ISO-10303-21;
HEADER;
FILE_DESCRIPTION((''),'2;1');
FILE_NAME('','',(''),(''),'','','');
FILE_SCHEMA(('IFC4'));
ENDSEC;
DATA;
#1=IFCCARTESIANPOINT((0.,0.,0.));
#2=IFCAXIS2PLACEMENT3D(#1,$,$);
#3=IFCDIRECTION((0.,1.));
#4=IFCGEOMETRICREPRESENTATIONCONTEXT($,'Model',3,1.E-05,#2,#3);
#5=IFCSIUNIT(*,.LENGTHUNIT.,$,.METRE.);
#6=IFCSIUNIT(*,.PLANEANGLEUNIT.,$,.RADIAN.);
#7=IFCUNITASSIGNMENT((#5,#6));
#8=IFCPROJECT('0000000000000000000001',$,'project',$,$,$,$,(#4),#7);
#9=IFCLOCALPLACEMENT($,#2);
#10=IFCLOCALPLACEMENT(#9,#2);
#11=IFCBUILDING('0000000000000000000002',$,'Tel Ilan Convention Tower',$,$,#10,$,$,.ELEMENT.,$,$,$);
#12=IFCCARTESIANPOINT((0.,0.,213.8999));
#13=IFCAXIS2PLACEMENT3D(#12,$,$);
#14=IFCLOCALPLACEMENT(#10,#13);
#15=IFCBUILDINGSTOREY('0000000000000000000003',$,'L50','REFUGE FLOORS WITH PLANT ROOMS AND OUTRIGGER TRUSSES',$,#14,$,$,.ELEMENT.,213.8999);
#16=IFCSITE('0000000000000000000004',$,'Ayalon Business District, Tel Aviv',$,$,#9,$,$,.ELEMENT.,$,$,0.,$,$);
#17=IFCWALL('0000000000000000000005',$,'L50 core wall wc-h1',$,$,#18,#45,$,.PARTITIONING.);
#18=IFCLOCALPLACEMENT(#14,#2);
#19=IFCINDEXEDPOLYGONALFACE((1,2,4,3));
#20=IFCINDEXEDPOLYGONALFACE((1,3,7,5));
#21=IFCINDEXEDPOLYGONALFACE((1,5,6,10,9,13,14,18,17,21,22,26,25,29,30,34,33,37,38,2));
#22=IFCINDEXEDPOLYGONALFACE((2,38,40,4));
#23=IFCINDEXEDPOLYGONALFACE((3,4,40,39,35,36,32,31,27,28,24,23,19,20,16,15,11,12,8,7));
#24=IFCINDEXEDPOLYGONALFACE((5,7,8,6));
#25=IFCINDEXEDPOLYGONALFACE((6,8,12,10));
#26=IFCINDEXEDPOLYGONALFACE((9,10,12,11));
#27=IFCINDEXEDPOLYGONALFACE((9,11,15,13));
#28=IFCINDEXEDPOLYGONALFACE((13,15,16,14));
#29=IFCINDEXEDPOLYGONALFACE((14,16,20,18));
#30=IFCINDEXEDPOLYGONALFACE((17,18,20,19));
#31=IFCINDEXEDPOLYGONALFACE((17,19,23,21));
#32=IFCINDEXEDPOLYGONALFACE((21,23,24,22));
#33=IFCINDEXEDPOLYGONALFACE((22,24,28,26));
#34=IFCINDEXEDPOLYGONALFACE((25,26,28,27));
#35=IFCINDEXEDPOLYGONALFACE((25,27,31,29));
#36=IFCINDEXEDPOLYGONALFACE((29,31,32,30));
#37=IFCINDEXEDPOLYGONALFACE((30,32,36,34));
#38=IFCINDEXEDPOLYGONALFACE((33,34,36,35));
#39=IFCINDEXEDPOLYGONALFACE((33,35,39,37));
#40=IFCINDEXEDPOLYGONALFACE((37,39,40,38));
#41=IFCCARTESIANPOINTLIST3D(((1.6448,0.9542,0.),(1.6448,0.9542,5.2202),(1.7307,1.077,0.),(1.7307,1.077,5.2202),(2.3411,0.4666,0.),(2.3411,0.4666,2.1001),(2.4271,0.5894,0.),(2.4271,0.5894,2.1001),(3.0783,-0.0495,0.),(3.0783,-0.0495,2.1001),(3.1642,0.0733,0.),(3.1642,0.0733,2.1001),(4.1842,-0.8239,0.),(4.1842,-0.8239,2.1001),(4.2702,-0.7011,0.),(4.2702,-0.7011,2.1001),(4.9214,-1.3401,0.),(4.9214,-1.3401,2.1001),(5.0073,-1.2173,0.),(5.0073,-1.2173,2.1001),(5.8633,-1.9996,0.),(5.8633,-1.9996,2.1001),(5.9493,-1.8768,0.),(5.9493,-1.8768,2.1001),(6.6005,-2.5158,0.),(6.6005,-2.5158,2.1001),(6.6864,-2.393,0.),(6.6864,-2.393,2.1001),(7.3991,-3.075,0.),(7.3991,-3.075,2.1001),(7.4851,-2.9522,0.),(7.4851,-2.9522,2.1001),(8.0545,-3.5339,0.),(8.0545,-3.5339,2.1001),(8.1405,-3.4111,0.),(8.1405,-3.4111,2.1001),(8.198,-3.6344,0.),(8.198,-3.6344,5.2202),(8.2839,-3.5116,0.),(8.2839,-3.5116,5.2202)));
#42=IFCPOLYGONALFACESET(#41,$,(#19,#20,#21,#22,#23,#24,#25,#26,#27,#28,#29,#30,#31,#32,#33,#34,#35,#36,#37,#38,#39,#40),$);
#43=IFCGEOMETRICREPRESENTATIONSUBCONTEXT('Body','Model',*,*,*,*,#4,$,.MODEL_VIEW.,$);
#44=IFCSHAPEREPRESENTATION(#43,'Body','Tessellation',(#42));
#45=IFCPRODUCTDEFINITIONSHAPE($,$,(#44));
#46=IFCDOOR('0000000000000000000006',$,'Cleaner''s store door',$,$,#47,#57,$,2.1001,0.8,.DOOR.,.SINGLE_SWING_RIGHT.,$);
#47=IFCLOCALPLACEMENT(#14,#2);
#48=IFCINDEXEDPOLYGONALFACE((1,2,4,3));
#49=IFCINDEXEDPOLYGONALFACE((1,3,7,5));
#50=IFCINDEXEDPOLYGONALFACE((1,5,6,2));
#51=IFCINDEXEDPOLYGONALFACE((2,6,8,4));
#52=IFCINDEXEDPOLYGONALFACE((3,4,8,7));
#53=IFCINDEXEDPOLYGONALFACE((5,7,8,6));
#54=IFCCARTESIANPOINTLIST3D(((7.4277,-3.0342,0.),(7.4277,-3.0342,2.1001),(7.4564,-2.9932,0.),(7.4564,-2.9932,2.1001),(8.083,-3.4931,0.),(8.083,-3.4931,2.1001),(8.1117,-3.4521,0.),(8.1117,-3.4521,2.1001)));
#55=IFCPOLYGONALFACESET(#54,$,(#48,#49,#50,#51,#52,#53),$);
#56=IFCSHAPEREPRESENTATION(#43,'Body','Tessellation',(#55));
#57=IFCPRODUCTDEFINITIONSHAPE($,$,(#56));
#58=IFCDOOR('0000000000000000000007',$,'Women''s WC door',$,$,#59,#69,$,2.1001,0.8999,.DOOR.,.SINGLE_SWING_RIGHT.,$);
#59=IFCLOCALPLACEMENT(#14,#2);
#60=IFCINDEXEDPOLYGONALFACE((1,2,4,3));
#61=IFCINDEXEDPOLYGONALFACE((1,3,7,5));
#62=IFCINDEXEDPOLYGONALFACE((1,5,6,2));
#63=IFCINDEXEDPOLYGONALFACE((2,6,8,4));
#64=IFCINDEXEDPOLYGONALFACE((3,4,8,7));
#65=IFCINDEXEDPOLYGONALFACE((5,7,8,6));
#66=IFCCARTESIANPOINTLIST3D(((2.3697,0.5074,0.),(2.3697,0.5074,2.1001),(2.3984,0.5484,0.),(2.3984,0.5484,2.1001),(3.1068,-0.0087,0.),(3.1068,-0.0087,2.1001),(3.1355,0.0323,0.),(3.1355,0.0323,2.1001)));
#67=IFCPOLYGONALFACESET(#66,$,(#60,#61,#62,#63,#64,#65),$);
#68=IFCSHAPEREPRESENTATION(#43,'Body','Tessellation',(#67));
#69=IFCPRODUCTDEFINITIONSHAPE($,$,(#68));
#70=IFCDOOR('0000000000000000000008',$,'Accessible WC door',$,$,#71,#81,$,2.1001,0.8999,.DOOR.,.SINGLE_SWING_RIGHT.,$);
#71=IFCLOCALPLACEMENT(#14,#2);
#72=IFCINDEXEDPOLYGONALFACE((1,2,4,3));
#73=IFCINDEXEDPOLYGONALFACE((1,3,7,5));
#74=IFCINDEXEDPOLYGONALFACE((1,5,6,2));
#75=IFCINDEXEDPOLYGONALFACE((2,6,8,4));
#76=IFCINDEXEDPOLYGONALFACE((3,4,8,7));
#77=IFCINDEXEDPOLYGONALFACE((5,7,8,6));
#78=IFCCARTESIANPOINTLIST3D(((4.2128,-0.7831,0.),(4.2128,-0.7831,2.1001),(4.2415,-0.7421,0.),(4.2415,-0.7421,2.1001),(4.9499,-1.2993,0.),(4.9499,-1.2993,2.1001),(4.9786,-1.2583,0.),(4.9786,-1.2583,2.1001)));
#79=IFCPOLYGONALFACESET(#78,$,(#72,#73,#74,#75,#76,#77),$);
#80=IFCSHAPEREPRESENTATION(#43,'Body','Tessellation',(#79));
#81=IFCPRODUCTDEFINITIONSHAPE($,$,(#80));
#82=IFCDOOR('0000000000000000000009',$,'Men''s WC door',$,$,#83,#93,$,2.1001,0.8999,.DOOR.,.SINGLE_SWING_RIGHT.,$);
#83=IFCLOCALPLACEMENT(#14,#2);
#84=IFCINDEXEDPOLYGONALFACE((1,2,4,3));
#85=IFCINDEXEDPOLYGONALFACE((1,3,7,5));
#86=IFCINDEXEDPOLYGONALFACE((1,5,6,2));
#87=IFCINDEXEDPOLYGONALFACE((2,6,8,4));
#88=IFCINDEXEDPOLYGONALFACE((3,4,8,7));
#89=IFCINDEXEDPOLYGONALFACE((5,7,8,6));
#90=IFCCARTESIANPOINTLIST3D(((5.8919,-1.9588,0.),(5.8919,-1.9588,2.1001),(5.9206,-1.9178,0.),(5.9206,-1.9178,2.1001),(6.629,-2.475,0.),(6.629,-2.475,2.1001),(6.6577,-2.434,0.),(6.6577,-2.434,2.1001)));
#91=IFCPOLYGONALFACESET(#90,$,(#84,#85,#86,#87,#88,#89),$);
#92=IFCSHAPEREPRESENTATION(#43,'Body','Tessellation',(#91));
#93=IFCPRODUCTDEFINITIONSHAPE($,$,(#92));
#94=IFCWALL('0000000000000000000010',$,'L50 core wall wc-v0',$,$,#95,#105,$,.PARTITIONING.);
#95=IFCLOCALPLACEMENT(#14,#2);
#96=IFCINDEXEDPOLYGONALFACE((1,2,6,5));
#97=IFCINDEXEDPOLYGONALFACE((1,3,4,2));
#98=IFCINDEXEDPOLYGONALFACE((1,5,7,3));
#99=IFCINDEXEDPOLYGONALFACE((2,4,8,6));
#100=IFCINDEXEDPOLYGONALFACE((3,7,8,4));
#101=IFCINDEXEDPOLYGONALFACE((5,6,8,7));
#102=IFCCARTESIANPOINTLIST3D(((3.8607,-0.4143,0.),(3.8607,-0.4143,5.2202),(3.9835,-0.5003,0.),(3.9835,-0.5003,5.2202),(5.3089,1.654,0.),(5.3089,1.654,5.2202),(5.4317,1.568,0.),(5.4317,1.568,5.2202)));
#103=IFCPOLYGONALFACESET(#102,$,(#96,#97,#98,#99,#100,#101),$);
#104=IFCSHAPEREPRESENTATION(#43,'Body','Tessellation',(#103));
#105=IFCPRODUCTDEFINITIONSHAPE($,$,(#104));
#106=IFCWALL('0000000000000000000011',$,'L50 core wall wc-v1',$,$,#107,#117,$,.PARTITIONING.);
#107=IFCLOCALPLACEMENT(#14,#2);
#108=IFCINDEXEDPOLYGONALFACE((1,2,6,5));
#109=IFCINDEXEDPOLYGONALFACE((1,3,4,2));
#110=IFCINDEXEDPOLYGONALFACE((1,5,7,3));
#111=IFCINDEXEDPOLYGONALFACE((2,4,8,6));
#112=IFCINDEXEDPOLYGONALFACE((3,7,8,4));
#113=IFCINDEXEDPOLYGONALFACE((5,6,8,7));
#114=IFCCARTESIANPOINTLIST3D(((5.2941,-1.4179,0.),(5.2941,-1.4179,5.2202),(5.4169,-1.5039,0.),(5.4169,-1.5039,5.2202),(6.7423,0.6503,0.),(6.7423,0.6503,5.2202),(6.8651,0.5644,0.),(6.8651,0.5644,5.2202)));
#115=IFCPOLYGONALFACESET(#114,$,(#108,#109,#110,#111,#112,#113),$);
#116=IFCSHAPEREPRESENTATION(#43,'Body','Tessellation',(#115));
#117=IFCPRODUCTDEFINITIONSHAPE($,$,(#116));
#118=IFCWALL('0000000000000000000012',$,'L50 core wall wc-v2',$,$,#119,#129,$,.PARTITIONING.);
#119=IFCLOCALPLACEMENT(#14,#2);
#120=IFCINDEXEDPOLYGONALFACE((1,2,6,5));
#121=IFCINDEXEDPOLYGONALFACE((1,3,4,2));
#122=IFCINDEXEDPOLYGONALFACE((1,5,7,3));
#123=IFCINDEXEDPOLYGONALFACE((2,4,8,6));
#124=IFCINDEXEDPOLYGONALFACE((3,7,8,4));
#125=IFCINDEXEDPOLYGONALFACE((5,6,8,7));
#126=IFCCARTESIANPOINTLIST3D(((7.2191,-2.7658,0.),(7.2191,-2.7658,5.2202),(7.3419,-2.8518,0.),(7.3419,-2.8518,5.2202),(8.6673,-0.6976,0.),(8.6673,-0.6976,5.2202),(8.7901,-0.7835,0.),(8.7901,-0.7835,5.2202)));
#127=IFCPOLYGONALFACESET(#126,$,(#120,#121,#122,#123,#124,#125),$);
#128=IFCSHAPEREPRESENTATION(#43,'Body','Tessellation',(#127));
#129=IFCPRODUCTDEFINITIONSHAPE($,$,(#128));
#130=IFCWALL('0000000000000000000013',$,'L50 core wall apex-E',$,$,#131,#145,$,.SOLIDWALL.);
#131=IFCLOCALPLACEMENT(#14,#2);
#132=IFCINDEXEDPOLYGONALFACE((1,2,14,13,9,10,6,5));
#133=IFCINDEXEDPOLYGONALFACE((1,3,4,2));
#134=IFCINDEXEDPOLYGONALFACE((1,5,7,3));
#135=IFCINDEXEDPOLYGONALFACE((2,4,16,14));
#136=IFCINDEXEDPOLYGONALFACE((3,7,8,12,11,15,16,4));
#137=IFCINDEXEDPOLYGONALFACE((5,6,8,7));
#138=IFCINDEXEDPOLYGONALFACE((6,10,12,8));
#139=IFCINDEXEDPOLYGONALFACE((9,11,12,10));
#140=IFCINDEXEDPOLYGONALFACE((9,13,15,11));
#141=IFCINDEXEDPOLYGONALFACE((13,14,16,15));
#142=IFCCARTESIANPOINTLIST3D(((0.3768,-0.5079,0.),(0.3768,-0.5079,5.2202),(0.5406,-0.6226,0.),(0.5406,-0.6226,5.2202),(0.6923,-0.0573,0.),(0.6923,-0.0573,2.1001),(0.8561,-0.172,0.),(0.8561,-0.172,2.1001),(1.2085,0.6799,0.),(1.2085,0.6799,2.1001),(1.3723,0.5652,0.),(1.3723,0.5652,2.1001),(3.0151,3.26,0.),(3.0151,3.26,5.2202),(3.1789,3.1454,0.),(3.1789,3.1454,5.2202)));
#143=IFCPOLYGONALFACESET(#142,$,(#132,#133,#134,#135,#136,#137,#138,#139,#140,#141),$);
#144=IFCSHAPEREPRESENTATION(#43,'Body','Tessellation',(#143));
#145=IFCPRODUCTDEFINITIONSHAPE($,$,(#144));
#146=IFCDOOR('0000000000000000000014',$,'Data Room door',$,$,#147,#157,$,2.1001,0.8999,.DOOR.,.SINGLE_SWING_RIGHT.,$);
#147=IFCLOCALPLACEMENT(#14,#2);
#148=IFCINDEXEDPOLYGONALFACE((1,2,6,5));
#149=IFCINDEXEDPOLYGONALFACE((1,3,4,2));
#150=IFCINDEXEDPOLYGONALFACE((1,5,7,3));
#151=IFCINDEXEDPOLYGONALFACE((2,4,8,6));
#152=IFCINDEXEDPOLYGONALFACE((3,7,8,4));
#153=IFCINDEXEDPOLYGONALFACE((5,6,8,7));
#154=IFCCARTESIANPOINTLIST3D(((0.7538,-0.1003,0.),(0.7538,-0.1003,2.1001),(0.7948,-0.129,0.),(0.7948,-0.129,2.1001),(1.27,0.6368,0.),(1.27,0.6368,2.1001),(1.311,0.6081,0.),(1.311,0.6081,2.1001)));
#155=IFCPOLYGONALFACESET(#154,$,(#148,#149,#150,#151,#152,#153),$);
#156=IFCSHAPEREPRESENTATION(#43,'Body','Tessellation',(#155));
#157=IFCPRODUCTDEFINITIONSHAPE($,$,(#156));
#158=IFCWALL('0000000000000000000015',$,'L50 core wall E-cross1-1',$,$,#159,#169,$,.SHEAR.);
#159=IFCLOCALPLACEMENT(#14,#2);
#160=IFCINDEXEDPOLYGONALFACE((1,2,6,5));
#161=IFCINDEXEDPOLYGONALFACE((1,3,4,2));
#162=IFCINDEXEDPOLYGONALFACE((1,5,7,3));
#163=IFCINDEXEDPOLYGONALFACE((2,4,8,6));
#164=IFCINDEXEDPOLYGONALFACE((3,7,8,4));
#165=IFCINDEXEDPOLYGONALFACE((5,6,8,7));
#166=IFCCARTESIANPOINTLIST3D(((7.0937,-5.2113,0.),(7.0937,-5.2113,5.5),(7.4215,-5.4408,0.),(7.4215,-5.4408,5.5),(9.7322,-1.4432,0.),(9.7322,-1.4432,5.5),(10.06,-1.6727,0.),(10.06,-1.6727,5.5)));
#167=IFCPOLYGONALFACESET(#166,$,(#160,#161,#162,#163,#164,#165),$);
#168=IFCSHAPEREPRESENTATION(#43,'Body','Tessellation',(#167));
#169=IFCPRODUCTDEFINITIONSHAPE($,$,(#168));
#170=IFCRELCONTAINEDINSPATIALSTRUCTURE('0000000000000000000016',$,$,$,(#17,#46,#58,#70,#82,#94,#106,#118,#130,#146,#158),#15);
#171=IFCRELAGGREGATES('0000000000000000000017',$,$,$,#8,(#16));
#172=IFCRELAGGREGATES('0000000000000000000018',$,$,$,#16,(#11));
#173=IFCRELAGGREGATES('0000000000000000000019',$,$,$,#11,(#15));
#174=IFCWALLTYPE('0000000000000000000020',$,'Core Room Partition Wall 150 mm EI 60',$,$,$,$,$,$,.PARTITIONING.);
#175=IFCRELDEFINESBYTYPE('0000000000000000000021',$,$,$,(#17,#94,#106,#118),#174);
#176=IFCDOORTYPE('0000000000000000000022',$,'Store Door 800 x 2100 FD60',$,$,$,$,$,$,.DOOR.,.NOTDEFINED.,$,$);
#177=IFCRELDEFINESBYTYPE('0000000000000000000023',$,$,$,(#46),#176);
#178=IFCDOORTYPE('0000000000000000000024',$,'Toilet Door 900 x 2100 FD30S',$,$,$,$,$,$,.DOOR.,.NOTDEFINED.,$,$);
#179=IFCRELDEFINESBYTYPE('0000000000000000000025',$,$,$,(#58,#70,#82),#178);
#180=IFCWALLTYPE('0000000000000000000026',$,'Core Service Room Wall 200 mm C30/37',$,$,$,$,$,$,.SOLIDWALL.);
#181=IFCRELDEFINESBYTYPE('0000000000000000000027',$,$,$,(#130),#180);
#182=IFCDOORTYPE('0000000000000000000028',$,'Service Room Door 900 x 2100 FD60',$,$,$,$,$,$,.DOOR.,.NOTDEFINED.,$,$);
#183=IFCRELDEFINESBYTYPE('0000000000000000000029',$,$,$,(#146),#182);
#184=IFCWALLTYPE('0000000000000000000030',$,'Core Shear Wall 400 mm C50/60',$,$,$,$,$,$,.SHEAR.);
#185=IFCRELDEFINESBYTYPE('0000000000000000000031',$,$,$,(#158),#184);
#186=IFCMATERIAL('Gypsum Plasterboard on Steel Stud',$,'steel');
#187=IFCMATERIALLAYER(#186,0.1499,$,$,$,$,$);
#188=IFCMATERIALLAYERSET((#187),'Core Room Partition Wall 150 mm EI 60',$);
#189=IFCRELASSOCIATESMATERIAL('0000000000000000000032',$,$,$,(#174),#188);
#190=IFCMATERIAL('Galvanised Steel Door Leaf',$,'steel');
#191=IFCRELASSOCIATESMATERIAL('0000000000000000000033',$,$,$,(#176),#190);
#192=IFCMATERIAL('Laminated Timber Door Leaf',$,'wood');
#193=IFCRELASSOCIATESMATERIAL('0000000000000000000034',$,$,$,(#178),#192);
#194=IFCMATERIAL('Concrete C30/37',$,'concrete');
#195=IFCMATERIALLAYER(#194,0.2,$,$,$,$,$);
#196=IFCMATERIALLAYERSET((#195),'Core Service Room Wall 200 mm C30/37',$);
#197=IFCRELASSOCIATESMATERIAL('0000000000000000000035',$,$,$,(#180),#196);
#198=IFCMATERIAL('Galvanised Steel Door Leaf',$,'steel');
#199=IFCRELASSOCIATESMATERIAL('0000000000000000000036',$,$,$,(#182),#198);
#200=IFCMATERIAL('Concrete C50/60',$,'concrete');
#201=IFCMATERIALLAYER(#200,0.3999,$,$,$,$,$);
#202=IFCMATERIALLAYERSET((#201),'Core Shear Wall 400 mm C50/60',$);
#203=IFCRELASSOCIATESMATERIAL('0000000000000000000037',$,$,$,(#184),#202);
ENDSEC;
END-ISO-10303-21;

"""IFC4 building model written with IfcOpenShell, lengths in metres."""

from ifc_helpers import new_model, si_unit, direction, frame, frame_2d, origin, place, context, subcontext, project, spatial, polyline, rectangle, outline, extrude, material, layer, layer_set, type_object, element, fill, save


model = new_model("IFC4")

# Units and contexts
model_context = context("Model", 3, precision=1e-05, world=origin(), true_north=direction((0.0, 1.0)))
body_context = subcontext(model_context, "Body", "Model", "MODEL_VIEW")
ifc_project = project(units=[si_unit("LENGTHUNIT", "METRE"), si_unit("PLANEANGLEUNIT", "RADIAN")], contexts=[model_context])

# Site, building, storey
site_placement = place(None, origin())
site = spatial("IfcSite", under=ifc_project, at=site_placement, Name="Ayalon Business District, Tel Aviv", CompositionType="ELEMENT", RefElevation=0.0)
building_placement = place(site_placement, origin())
building = spatial("IfcBuilding", under=site, at=building_placement, Name="Tel Ilan Convention Tower", CompositionType="ELEMENT")
storey_placement = place(building_placement, frame((0.0, 0.0, 213.8999)))
storey = spatial("IfcBuildingStorey", under=building, at=storey_placement, Name="L50", Description="REFUGE FLOORS WITH PLANT ROOMS AND OUTRIGGER TRUSSES", CompositionType="ELEMENT", Elevation=213.8999)

# Wall, openings, doors
ifc_material_1 = material(Name="Gypsum Plasterboard on Steel Stud", Category="steel")
ifc_layer_1 = layer(ifc_material_1, 0.1499)
ifc_layer_set_1 = layer_set([ifc_layer_1], Name="Core Room Partition Wall 150 mm EI 60")
wall_type_1 = type_object("IfcWallType", Name="Core Room Partition Wall 150 mm EI 60", PredefinedType="PARTITIONING", material=ifc_layer_set_1)
wall_1_placement = place(storey_placement, frame((1.6877, 1.0156, 0.0), z_axis=(0.0, 0.0, 1.0), x_axis=(0.819152, -0.573577, 0.0)))
wall_1 = element("IfcWall", 1, at=wall_1_placement, inside=storey, type_object=wall_type_1, Name="L50 core wall wc-h1", PredefinedType="PARTITIONING", context=body_context, shape_type="SweptSolid", body=[
    extrude(rectangle(XDim=8.0, YDim=0.1499, at=frame_2d((4.0, 0.0))), origin(), (0.0, 0.0, 1.0), 5.2202),
])
opening_1_placement = place(wall_1_placement, frame((0.8501, 0.0, 0.0)))
opening_1 = element("IfcOpeningElement", 2, at=opening_1_placement, cuts=wall_1, PredefinedType="OPENING", context=body_context, shape_type="SweptSolid", body=[
    extrude(rectangle(XDim=0.8999, YDim=2.1001, at=frame_2d((0.45, 1.05))), frame((0.0, 0.085, 0.0), z_axis=(0.0, -1.0, 0.0), x_axis=(1.0, 0.0, 0.0)), (0.0, 0.0, 1.0), 0.1699),
])
opening_2_placement = place(wall_1_placement, frame((3.1001, 0.0, 0.0)))
opening_2 = element("IfcOpeningElement", 3, at=opening_2_placement, cuts=wall_1, PredefinedType="OPENING", context=body_context, shape_type="SweptSolid", body=[
    extrude(rectangle(XDim=0.8999, YDim=2.1001, at=frame_2d((0.45, 1.05))), frame((0.0, 0.085, 0.0), z_axis=(0.0, -1.0, 0.0), x_axis=(1.0, 0.0, 0.0)), (0.0, 0.0, 1.0), 0.1699),
])
opening_3_placement = place(wall_1_placement, frame((5.1499, 0.0, 0.0)))
opening_3 = element("IfcOpeningElement", 4, at=opening_3_placement, cuts=wall_1, PredefinedType="OPENING", context=body_context, shape_type="SweptSolid", body=[
    extrude(rectangle(XDim=0.8999, YDim=2.1001, at=frame_2d((0.45, 1.05))), frame((0.0, 0.085, 0.0), z_axis=(0.0, -1.0, 0.0), x_axis=(1.0, 0.0, 0.0)), (0.0, 0.0, 1.0), 0.1699),
])
opening_4_placement = place(wall_1_placement, frame((7.0249, 0.0, 0.0)))
opening_4 = element("IfcOpeningElement", 5, at=opening_4_placement, cuts=wall_1, PredefinedType="OPENING", context=body_context, shape_type="SweptSolid", body=[
    extrude(rectangle(XDim=0.8, YDim=2.1001, at=frame_2d((0.3999, 1.05))), frame((0.0, 0.085, 0.0), z_axis=(0.0, -1.0, 0.0), x_axis=(1.0, 0.0, 0.0)), (0.0, 0.0, 1.0), 0.1699),
])
ifc_material_2 = material(Name="Galvanised Steel Door Leaf", Category="steel")
door_type_1 = type_object("IfcDoorType", Name="Store Door 800 x 2100 FD60", OperationType="NOTDEFINED", PredefinedType="DOOR", material=ifc_material_2)
door_1_placement = place(opening_4_placement, origin())
door_1 = element("IfcDoor", 6, at=door_1_placement, inside=storey, type_object=door_type_1, Name="Cleaner's store door", OperationType="SINGLE_SWING_RIGHT", OverallHeight=2.1001, OverallWidth=0.8, PredefinedType="DOOR", context=body_context, shape_type="SweptSolid", body=[
    extrude(rectangle(XDim=0.8, YDim=2.1001, at=frame_2d((0.3999, 1.05))), frame((0.0, 0.0249, 0.0), z_axis=(0.0, -1.0, 0.0), x_axis=(1.0, 0.0, 0.0)), (0.0, 0.0, 1.0), 0.05),
])
fill(opening_4, door_1)
ifc_material_3 = material(Name="Laminated Timber Door Leaf", Category="wood")
door_type_2 = type_object("IfcDoorType", Name="Toilet Door 900 x 2100 FD30S", OperationType="NOTDEFINED", PredefinedType="DOOR", material=ifc_material_3)
door_2_placement = place(opening_1_placement, origin())
door_2 = element("IfcDoor", 7, at=door_2_placement, inside=storey, type_object=door_type_2, Name="Women's WC door", OperationType="SINGLE_SWING_RIGHT", OverallHeight=2.1001, OverallWidth=0.8999, PredefinedType="DOOR", context=body_context, shape_type="SweptSolid", body=[
    extrude(rectangle(XDim=0.8999, YDim=2.1001, at=frame_2d((0.45, 1.05))), frame((0.0, 0.0249, 0.0), z_axis=(0.0, -1.0, 0.0), x_axis=(1.0, 0.0, 0.0)), (0.0, 0.0, 1.0), 0.05),
])
fill(opening_1, door_2)
door_3_placement = place(opening_2_placement, origin())
door_3 = element("IfcDoor", 8, at=door_3_placement, inside=storey, type_object=door_type_2, Name="Accessible WC door", OperationType="SINGLE_SWING_RIGHT", OverallHeight=2.1001, OverallWidth=0.8999, PredefinedType="DOOR", context=body_context, shape_type="SweptSolid", body=[
    extrude(rectangle(XDim=0.8999, YDim=2.1001, at=frame_2d((0.45, 1.05))), frame((0.0, 0.0249, 0.0), z_axis=(0.0, -1.0, 0.0), x_axis=(1.0, 0.0, 0.0)), (0.0, 0.0, 1.0), 0.05),
])
fill(opening_2, door_3)
door_4_placement = place(opening_3_placement, origin())
door_4 = element("IfcDoor", 9, at=door_4_placement, inside=storey, type_object=door_type_2, Name="Men's WC door", OperationType="SINGLE_SWING_RIGHT", OverallHeight=2.1001, OverallWidth=0.8999, PredefinedType="DOOR", context=body_context, shape_type="SweptSolid", body=[
    extrude(rectangle(XDim=0.8999, YDim=2.1001, at=frame_2d((0.45, 1.05))), frame((0.0, 0.0249, 0.0), z_axis=(0.0, -1.0, 0.0), x_axis=(1.0, 0.0, 0.0)), (0.0, 0.0, 1.0), 0.05),
])
fill(opening_3, door_4)

# Walls
for number, where, z_axis, x_axis, name in (
    (10, (3.9221, -0.4573, 0.0), (0.0, 0.0, 1.0), (0.573566, 0.819159, 0.0), "L50 core wall wc-v0"),
    (11, (5.3555, -1.4609, 0.0), (0.0, 0.0, 1.0), (0.573566, 0.819159, 0.0), "L50 core wall wc-v1"),
    (12, (7.2805, -2.8088, 0.0), (0.0, 0.0, 1.0), (0.573566, 0.819159, 0.0), "L50 core wall wc-v2"),
):
    element("IfcWall", number, at=place(storey_placement, frame(where, z_axis=z_axis, x_axis=x_axis)), inside=storey, type_object=wall_type_1, Name=name, PredefinedType="PARTITIONING", context=body_context, shape_type="SweptSolid", body=[
        extrude(rectangle(XDim=2.5249, YDim=0.1499, at=frame_2d((1.2625, 0.0))), origin(), (0.0, 0.0, 1.0), 5.2202),
    ])

# Wall, opening, door
ifc_material_4 = material(Name="Concrete C30/37", Category="concrete")
ifc_layer_2 = layer(ifc_material_4, 0.2)
ifc_layer_set_2 = layer_set([ifc_layer_2], Name="Core Service Room Wall 200 mm C30/37")
wall_type_2 = type_object("IfcWallType", Name="Core Service Room Wall 200 mm C30/37", PredefinedType="SOLIDWALL", material=ifc_layer_set_2)
wall_2_placement = place(storey_placement, frame((0.4587, -0.5652, 0.0), z_axis=(0.0, 0.0, 1.0), x_axis=(0.573576, 0.819152, 0.0)))
wall_2 = element("IfcWall", 13, at=wall_2_placement, inside=storey, type_object=wall_type_2, Name="L50 core wall apex-E", PredefinedType="SOLIDWALL", context=body_context, shape_type="SweptSolid", body=[
    extrude(rectangle(XDim=4.5999, YDim=0.2, at=frame_2d((2.2998, 0.0))), origin(), (0.0, 0.0, 1.0), 5.2202),
])
opening_5_placement = place(wall_2_placement, frame((0.55, 0.0, 0.0)))
opening_5 = element("IfcOpeningElement", 14, at=opening_5_placement, cuts=wall_2, PredefinedType="OPENING", context=body_context, shape_type="SweptSolid", body=[
    extrude(rectangle(XDim=0.8999, YDim=2.1001, at=frame_2d((0.45, 1.05))), frame((0.0, 0.1099, 0.0), z_axis=(0.0, -1.0, 0.0), x_axis=(1.0, 0.0, 0.0)), (0.0, 0.0, 1.0), 0.22),
])
ifc_material_5 = material(Name="Galvanised Steel Door Leaf", Category="steel")
door_type_3 = type_object("IfcDoorType", Name="Service Room Door 900 x 2100 FD60", OperationType="NOTDEFINED", PredefinedType="DOOR", material=ifc_material_5)
door_5_placement = place(opening_5_placement, origin())
door_5 = element("IfcDoor", 15, at=door_5_placement, inside=storey, type_object=door_type_3, Name="Data Room door", OperationType="SINGLE_SWING_RIGHT", OverallHeight=2.1001, OverallWidth=0.8999, PredefinedType="DOOR", context=body_context, shape_type="SweptSolid", body=[
    extrude(rectangle(XDim=0.8999, YDim=2.1001, at=frame_2d((0.45, 1.05))), frame((0.0, 0.0249, 0.0), z_axis=(0.0, -1.0, 0.0), x_axis=(1.0, 0.0, 0.0)), (0.0, 0.0, 1.0), 0.05),
])
fill(opening_5, door_5)

# Wall
ifc_material_6 = material(Name="Concrete C50/60", Category="concrete")
ifc_layer_3 = layer(ifc_material_6, 0.3999)
ifc_layer_set_3 = layer_set([ifc_layer_3], Name="Core Shear Wall 400 mm C50/60")
wall_type_3 = type_object("IfcWallType", Name="Core Shear Wall 400 mm C50/60", PredefinedType="SHEAR", material=ifc_layer_set_3)
wall_3_placement = place(storey_placement, frame((7.2578, -5.3259, 0.0), z_axis=(0.0, 0.0, 1.0), x_axis=(0.573541, 0.819177, 0.0)))
element("IfcWall", 16, at=wall_3_placement, inside=storey, type_object=wall_type_3, Name="L50 core wall E-cross1-1", PredefinedType="SHEAR", context=body_context, shape_type="SweptSolid", body=[
    extrude(outline(polyline([(-0.0002, 0.2002), (-0.0002, -0.2), (4.5999, -0.2002), (4.5999, 0.2), (-0.0002, 0.2002)])), origin(), (0.0, 0.0, 1.0), 5.5),
])

save(model, "model.ifc")
